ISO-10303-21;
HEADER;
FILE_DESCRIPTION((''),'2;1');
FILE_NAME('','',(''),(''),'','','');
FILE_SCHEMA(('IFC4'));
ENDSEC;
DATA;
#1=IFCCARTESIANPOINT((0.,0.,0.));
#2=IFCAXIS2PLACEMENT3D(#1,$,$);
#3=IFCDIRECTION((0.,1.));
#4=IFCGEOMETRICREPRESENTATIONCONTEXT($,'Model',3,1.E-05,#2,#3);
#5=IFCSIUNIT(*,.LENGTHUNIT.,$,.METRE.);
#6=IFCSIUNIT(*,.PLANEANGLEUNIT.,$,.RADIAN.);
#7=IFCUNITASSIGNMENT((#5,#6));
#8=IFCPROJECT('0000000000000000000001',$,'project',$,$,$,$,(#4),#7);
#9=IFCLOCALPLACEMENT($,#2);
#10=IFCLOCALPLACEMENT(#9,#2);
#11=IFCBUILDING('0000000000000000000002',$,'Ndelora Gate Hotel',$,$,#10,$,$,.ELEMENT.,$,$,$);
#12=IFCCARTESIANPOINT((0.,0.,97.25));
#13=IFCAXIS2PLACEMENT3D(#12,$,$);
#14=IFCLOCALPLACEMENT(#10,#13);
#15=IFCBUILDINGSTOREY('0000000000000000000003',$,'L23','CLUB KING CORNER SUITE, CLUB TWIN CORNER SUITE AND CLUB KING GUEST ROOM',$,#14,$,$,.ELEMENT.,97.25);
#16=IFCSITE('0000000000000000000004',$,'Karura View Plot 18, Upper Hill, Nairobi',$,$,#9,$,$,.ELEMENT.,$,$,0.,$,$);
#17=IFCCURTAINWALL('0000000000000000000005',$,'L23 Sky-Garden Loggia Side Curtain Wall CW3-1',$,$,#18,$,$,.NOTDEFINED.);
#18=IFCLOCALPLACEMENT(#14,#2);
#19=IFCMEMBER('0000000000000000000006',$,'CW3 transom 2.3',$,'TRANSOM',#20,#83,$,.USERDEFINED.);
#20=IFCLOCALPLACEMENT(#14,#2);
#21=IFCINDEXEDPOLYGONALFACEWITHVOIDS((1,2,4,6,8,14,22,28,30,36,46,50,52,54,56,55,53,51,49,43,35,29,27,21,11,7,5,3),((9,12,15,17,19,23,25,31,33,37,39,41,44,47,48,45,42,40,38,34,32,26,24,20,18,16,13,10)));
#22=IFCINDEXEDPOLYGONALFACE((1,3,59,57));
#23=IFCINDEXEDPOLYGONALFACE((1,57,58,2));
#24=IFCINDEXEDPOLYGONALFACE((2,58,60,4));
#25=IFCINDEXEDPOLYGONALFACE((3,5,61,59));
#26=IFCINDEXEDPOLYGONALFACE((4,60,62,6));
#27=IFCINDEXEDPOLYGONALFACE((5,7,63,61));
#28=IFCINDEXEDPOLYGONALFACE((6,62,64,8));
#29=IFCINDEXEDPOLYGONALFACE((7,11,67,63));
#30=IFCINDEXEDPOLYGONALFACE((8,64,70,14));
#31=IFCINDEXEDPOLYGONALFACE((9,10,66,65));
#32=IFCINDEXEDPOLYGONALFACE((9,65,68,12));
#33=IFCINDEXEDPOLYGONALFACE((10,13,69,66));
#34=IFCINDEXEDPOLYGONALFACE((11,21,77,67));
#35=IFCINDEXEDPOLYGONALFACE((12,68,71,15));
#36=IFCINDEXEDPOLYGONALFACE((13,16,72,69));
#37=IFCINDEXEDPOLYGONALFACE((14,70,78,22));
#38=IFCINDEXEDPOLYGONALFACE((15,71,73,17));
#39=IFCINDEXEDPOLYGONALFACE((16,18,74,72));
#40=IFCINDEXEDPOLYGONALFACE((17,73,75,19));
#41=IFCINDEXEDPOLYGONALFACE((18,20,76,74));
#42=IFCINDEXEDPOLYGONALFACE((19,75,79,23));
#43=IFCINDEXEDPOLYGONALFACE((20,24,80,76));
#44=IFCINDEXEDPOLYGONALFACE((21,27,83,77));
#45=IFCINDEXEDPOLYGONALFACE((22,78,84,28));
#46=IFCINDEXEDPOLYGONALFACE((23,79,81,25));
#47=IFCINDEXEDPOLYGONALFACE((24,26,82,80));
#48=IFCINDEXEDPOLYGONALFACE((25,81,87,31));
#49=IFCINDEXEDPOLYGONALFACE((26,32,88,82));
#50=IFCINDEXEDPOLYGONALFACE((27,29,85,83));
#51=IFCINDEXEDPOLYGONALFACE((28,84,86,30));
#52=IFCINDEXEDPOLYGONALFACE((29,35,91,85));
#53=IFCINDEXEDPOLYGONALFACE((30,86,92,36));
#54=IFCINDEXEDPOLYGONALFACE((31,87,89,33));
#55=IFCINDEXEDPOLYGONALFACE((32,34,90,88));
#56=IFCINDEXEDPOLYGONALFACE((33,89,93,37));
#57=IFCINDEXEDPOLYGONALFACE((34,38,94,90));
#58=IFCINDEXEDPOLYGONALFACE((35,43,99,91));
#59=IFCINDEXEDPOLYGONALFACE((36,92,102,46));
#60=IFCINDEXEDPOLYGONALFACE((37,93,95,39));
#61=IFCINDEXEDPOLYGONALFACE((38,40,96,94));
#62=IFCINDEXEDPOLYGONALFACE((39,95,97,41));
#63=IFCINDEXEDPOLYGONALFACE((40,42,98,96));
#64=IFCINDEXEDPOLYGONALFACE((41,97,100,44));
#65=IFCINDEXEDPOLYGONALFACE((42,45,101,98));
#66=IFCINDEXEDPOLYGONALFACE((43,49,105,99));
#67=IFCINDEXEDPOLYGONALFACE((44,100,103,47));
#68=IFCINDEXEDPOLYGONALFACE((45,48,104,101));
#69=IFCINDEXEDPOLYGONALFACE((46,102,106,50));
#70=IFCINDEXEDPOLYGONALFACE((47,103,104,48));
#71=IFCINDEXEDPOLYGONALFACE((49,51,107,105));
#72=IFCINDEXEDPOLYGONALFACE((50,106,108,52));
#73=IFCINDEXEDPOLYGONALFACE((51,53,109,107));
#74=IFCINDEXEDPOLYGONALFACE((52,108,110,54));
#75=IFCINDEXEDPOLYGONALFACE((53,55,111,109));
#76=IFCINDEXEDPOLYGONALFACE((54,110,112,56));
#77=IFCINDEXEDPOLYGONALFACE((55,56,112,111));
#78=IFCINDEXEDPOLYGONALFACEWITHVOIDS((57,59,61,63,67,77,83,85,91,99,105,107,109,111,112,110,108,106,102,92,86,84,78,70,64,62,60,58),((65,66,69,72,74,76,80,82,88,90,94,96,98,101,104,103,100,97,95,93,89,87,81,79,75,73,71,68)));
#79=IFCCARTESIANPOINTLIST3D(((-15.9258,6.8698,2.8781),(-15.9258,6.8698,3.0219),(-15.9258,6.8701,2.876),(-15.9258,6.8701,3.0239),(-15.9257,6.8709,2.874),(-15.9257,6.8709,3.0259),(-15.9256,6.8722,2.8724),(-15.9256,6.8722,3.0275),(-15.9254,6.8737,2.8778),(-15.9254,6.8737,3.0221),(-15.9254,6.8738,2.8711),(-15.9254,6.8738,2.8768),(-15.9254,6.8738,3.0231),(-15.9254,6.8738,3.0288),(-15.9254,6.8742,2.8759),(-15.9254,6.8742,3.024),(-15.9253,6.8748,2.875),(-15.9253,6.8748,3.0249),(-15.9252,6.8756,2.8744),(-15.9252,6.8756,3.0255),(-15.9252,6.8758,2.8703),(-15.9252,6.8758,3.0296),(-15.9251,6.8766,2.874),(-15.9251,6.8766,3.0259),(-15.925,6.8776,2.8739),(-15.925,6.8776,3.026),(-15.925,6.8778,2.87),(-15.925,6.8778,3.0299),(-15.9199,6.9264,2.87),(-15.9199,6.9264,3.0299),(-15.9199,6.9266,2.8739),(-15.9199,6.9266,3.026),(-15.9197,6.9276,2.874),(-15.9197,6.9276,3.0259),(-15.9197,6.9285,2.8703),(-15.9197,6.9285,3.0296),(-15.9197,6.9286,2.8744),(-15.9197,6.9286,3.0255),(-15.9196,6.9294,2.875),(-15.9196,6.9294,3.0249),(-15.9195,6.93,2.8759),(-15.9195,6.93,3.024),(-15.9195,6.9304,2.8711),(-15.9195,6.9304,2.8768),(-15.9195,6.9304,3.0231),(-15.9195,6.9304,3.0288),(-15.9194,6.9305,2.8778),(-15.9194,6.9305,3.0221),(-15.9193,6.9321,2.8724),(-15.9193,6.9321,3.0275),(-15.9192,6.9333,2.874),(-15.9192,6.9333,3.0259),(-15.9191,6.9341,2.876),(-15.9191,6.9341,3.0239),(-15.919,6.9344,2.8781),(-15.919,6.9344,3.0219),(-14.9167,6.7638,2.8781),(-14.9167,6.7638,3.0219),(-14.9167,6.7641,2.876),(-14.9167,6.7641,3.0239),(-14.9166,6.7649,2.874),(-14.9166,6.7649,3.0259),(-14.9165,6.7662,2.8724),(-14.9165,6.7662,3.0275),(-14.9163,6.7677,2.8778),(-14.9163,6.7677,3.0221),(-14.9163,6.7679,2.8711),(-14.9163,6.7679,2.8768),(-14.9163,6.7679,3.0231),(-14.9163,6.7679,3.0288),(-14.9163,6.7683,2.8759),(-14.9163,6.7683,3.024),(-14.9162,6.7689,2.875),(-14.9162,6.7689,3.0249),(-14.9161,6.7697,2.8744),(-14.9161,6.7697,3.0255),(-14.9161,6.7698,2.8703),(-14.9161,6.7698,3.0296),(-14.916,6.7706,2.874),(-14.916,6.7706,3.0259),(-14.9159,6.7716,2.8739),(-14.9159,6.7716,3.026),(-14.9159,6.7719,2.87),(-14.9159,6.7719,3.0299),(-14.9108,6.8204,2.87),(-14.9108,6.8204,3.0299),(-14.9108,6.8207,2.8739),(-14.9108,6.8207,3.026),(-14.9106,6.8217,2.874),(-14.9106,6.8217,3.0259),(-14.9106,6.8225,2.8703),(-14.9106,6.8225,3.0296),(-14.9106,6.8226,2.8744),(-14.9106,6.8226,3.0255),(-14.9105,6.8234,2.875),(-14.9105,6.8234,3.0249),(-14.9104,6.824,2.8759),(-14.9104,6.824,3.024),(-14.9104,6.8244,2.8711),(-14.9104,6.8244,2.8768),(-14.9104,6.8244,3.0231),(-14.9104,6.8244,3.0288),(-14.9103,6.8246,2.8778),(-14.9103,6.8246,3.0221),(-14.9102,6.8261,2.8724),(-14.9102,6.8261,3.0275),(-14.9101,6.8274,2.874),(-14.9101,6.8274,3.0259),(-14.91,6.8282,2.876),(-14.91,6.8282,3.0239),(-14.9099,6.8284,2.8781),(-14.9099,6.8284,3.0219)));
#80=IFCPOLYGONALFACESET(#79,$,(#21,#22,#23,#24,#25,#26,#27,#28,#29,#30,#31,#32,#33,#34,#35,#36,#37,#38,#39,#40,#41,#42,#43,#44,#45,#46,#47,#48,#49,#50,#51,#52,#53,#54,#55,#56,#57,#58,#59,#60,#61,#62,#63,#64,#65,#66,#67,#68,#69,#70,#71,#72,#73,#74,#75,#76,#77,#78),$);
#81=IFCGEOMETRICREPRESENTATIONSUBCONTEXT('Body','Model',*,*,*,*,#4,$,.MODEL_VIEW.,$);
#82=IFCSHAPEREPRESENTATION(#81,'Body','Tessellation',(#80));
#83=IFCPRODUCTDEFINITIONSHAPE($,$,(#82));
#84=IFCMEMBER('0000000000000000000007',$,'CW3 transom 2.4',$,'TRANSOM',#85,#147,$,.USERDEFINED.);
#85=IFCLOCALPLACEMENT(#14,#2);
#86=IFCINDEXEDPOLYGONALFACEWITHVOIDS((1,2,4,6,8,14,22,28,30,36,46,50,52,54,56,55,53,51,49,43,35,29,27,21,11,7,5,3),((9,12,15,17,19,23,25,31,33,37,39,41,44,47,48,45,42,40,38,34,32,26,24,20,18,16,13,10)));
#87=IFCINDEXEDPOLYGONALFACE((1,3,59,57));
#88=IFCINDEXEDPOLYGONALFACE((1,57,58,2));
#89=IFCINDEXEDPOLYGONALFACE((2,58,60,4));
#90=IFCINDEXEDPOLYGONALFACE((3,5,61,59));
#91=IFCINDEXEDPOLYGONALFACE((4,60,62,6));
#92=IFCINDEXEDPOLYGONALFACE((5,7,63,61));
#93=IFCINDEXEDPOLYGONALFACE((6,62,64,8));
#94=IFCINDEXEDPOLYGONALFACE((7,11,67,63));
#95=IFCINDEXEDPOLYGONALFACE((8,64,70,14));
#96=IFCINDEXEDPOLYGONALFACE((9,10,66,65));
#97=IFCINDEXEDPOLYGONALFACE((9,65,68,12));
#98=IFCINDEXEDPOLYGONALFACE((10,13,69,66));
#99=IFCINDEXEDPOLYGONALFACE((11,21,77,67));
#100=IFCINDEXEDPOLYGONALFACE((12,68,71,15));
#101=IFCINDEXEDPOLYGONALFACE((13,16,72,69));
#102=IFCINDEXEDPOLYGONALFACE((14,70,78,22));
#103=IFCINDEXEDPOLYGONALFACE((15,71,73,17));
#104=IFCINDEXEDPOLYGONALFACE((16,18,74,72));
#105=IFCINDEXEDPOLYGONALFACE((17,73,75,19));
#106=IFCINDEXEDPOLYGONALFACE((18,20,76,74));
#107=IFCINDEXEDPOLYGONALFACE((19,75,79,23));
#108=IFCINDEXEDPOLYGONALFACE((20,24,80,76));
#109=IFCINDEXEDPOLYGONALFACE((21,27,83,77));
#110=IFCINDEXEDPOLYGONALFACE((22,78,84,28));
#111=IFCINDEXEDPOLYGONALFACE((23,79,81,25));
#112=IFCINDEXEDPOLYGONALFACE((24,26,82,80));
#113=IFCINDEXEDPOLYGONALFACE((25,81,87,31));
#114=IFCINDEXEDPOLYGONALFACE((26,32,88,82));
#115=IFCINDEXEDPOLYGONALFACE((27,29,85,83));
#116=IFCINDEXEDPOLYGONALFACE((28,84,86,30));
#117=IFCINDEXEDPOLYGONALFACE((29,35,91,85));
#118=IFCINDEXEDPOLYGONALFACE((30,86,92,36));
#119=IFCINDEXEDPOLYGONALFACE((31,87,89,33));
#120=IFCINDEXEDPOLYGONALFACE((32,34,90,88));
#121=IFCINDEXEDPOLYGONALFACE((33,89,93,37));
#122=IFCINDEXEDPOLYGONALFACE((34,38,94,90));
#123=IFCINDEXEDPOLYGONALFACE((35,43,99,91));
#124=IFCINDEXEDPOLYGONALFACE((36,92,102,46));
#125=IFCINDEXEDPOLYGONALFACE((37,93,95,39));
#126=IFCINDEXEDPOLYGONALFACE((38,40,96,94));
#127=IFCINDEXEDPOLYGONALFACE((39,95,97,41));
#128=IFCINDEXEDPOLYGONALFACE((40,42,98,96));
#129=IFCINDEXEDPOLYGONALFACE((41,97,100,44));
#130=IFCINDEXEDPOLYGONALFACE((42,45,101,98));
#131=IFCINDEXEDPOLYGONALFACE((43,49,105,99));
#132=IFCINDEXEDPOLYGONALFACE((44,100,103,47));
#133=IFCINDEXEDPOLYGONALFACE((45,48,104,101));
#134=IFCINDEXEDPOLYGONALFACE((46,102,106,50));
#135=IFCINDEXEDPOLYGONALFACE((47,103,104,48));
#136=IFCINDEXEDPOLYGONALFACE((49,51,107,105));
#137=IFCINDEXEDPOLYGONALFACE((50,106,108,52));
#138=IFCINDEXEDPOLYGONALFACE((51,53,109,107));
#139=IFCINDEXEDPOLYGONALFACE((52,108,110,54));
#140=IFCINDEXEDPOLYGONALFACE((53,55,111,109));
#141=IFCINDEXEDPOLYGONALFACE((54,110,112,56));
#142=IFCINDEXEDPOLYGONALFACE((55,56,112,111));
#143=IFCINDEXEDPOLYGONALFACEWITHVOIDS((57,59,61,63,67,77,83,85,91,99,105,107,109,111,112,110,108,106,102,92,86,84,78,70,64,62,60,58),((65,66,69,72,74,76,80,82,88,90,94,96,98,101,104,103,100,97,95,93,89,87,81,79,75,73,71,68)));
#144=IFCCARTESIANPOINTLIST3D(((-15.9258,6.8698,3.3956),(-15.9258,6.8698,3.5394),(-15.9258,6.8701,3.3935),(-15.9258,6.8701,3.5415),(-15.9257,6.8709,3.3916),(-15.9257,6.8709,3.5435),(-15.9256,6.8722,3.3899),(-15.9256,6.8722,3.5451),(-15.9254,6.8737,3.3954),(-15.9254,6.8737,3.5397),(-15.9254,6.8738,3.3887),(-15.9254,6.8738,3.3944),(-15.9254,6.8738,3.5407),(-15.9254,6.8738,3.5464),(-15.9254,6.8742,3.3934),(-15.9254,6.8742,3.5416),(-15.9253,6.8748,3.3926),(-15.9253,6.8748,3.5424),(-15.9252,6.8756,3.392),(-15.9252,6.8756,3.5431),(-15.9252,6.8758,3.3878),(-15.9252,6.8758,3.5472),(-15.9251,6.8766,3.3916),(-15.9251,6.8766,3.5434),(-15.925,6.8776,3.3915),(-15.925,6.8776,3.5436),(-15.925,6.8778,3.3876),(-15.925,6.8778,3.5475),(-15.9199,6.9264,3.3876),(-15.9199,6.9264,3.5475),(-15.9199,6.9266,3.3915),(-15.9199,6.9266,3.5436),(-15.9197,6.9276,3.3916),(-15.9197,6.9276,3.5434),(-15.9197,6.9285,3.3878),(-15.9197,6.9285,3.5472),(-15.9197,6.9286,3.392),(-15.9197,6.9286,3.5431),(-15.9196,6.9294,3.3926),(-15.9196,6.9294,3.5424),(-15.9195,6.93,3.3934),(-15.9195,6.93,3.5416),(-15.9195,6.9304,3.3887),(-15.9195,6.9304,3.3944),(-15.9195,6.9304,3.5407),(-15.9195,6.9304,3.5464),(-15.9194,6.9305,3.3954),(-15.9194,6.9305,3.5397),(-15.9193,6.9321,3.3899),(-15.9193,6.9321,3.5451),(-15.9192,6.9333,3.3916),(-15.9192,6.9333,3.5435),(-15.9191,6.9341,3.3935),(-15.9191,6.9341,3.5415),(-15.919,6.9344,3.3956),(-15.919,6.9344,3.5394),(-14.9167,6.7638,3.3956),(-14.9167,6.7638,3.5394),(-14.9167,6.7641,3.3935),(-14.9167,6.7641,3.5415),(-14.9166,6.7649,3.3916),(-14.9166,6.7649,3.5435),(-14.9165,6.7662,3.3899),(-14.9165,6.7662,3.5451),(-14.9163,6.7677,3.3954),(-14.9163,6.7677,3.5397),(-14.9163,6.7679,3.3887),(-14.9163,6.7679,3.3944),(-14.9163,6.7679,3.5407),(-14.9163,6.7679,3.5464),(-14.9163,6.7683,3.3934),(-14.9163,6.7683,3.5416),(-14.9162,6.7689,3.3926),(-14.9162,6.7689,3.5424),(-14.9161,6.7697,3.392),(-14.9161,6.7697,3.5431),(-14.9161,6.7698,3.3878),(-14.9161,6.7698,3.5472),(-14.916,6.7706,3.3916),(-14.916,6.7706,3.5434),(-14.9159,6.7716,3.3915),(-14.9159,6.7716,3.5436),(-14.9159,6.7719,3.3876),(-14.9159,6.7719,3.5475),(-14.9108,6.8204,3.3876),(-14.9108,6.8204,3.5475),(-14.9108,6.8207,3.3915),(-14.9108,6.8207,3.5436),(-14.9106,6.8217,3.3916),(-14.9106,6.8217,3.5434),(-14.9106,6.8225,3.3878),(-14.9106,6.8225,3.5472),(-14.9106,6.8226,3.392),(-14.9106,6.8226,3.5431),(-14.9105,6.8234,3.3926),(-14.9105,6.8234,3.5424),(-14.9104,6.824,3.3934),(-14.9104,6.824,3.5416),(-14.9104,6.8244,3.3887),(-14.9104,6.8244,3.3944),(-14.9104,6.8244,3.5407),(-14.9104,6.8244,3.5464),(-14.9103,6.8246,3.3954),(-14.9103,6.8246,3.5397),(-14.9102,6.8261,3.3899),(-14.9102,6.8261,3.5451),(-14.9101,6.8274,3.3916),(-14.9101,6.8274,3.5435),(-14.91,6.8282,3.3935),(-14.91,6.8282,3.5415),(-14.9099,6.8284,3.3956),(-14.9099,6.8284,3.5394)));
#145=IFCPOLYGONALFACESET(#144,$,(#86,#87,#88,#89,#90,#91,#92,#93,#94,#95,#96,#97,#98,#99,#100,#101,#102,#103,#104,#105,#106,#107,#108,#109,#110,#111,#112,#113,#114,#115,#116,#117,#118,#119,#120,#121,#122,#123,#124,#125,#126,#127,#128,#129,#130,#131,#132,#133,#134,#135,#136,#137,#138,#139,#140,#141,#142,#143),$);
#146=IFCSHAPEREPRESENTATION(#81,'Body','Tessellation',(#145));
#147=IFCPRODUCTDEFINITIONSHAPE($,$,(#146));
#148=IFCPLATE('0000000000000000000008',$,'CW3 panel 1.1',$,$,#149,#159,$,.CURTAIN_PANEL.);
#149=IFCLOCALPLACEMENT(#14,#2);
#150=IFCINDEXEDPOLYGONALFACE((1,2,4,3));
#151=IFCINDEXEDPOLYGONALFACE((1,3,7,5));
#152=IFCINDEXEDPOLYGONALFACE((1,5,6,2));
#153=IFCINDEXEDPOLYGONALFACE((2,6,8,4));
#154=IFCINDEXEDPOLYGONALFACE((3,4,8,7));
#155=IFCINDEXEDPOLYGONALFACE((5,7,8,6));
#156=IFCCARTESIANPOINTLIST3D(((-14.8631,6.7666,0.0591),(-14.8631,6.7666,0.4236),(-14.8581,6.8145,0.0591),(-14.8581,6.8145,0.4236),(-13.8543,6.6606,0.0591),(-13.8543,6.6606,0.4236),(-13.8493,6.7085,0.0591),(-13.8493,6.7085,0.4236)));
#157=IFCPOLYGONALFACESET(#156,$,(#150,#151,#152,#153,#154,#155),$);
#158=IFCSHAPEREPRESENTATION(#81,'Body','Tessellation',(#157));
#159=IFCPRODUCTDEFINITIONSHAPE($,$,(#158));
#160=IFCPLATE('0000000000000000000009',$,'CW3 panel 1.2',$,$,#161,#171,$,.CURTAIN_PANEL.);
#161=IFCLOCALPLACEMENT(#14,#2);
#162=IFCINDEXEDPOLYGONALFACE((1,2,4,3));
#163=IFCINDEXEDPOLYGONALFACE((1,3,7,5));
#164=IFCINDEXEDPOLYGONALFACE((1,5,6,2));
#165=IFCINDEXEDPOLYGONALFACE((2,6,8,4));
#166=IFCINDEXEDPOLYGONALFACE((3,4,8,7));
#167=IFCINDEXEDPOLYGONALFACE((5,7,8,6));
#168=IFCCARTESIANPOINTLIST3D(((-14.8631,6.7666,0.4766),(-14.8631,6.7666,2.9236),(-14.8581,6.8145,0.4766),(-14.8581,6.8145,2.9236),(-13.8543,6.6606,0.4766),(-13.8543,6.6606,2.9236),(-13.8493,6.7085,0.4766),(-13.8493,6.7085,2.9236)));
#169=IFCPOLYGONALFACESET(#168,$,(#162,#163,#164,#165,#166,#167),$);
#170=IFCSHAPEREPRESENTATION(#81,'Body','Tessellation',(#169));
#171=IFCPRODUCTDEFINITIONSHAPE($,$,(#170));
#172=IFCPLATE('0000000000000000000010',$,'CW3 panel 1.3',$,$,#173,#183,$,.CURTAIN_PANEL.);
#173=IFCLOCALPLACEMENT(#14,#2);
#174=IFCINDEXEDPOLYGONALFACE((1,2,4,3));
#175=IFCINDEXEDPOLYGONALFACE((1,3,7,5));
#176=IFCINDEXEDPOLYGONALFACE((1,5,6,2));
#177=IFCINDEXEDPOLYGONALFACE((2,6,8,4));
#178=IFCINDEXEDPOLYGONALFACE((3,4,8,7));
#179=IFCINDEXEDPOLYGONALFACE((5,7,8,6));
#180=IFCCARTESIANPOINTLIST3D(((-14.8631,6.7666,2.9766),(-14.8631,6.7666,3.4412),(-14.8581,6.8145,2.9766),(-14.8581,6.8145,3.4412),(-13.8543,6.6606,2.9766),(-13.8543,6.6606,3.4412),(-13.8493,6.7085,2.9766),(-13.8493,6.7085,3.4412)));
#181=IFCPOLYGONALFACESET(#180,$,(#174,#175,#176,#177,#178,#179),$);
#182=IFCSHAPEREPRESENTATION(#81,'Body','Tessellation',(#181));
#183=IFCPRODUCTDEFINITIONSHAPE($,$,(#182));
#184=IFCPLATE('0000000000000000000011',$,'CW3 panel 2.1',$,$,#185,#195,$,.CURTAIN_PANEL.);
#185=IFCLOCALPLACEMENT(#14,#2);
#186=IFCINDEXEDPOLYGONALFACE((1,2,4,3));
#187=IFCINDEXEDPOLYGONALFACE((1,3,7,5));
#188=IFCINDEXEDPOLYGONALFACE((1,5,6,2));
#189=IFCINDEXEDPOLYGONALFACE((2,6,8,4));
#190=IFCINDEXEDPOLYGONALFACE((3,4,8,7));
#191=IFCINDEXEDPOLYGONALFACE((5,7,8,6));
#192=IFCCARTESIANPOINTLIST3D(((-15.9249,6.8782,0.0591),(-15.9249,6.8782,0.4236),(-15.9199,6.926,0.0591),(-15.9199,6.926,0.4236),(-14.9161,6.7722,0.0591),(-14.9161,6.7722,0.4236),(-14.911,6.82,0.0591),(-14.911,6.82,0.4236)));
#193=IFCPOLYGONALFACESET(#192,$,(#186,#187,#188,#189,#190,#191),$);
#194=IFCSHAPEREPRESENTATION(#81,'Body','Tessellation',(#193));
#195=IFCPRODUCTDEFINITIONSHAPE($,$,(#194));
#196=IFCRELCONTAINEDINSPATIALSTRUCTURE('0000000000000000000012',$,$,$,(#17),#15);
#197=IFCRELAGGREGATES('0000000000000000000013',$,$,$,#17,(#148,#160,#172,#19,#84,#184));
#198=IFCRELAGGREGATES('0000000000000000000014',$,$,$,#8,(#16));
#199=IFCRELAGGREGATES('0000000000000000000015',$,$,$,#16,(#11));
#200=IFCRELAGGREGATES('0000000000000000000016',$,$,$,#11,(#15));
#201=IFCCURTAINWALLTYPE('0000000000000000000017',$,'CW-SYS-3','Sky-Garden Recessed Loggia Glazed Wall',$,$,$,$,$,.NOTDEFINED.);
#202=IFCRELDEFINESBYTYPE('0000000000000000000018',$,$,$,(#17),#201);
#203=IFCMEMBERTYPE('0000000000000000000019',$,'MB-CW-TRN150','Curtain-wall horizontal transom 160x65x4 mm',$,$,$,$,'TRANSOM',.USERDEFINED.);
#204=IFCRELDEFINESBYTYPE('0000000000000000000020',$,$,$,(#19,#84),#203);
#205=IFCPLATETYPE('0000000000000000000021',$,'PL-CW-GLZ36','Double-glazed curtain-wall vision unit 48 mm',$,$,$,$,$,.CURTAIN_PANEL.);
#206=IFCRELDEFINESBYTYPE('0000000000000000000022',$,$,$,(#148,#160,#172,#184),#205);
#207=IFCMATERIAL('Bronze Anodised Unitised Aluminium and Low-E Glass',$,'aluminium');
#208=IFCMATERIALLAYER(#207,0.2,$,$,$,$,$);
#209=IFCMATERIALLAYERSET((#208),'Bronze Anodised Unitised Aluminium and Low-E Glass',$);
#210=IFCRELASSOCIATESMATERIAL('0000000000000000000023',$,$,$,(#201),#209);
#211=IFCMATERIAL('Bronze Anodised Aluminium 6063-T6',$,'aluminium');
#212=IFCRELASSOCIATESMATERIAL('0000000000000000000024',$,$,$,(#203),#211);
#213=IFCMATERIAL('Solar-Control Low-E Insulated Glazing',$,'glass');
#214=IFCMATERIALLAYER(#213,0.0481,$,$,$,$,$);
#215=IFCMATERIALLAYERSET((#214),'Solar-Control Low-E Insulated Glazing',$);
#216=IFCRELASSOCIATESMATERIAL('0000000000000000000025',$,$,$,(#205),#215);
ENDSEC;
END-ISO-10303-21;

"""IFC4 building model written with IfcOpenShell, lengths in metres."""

from ifc_helpers import new_model, si_unit, direction, frame, origin, origin_2d, place, context, subcontext, project, spatial, rectangle, hollow_rectangle, extrude, material, layer, layer_set, material_profile, profile_set, type_object, element, aggregate, save


model = new_model("IFC4")

# Units and contexts
model_context = context("Model", 3, precision=1e-05, world=origin(), true_north=direction((0.0, 1.0)))
body_context = subcontext(model_context, "Body", "Model", "MODEL_VIEW")
ifc_project = project(units=[si_unit("LENGTHUNIT", "METRE"), si_unit("PLANEANGLEUNIT", "RADIAN")], contexts=[model_context])

# Site, building, storey
site_placement = place(None, origin())
site = spatial("IfcSite", under=ifc_project, at=site_placement, Name="Karura View Plot 18, Upper Hill, Nairobi", CompositionType="ELEMENT", RefElevation=0.0)
building_placement = place(site_placement, origin())
building = spatial("IfcBuilding", under=site, at=building_placement, Name="Ndelora Gate Hotel", CompositionType="ELEMENT")
storey_placement = place(building_placement, frame((0.0, 0.0, 97.25)))
storey = spatial("IfcBuildingStorey", under=building, at=storey_placement, Name="L23", Description="CLUB KING CORNER SUITE, CLUB TWIN CORNER SUITE AND CLUB KING GUEST ROOM", CompositionType="ELEMENT", Elevation=97.25)

# Curtain wall, members, plates
ifc_material_1 = material(Name="Bronze Anodised Unitised Aluminium and Low-E Glass", Category="aluminium")
ifc_layer_1 = layer(ifc_material_1, 0.2)
ifc_layer_set_1 = layer_set([ifc_layer_1], Name="Bronze Anodised Unitised Aluminium and Low-E Glass")
curtain_wall_type = type_object("IfcCurtainWallType", Name="CW-SYS-3", Description="Sky-Garden Recessed Loggia Glazed Wall", PredefinedType="NOTDEFINED", material=ifc_layer_set_1)
curtain_wall_placement = place(storey_placement, origin())
curtain_wall = element("IfcCurtainWall", 1, at=curtain_wall_placement, inside=storey, type_object=curtain_wall_type, Name="L23 Sky-Garden Loggia Side Curtain Wall CW3-1", PredefinedType="NOTDEFINED")
ifc_material_2 = material(Name="Bronze Anodised Aluminium 6063-T6", Category="aluminium")
ifc_material_profile_1 = material_profile(ifc_material_2, hollow_rectangle(XDim=0.0649, YDim=0.1599, WallThickness=0.0039, InnerFilletRadius=0.0039, OuterFilletRadius=0.0081, at=origin_2d()), Name="ALU 160x65x4")
ifc_profile_set_1 = profile_set([ifc_material_profile_1], Name="Bronze Anodised Aluminium 6063-T6")
member_type_1 = type_object("IfcMemberType", Name="MB-CW-TRN150", Description="Curtain-wall horizontal transom 160x65x4 mm", ElementType="TRANSOM", PredefinedType="USERDEFINED", material=ifc_profile_set_1)
member_1_placement = place(storey_placement, frame((-14.9133, 6.7961, 2.95), z_axis=(-0.994532, 0.104434, 0.0), x_axis=(-0.104434, -0.994532, 0.0)))
member_1 = element("IfcMember", 2, at=member_1_placement, type_object=member_type_1, Name="CW3 transom 2.3", ObjectType="TRANSOM", PredefinedType="USERDEFINED", context=body_context, shape_type="SweptSolid", body=[
    extrude(hollow_rectangle(XDim=0.0649, YDim=0.1599, WallThickness=0.0039, InnerFilletRadius=0.0039, OuterFilletRadius=0.0081, at=origin_2d()), origin(), (0.0, 0.0, 1.0), 1.0146),
])
member_2_placement = place(storey_placement, frame((-14.9133, 6.7961, 3.4675), z_axis=(-0.994532, 0.104434, 0.0), x_axis=(-0.104434, -0.994532, 0.0)))
member_2 = element("IfcMember", 3, at=member_2_placement, type_object=member_type_1, Name="CW3 transom 2.4", ObjectType="TRANSOM", PredefinedType="USERDEFINED", context=body_context, shape_type="SweptSolid", body=[
    extrude(hollow_rectangle(XDim=0.0649, YDim=0.1599, WallThickness=0.0039, InnerFilletRadius=0.0039, OuterFilletRadius=0.0081, at=origin_2d()), origin(), (0.0, 0.0, 1.0), 1.0146),
])
ifc_material_3 = material(Name="Solar-Control Low-E Insulated Glazing", Category="glass")
ifc_layer_2 = layer(ifc_material_3, 0.0481)
ifc_layer_set_2 = layer_set([ifc_layer_2], Name="Solar-Control Low-E Insulated Glazing")
plate_type = type_object("IfcPlateType", Name="PL-CW-GLZ36", Description="Double-glazed curtain-wall vision unit 48 mm", PredefinedType="CURTAIN_PANEL", material=ifc_layer_set_2)
plate_1_placement = place(storey_placement, frame((-14.3562, 6.7375, 0.0591), z_axis=(0.0, 0.0, 1.0), x_axis=(-0.994525, 0.104503, 0.0)))
plate_1 = element("IfcPlate", 4, at=plate_1_placement, type_object=plate_type, Name="CW3 panel 1.1", PredefinedType="CURTAIN_PANEL", context=body_context, shape_type="SweptSolid", body=[
    extrude(rectangle(XDim=1.0144, YDim=0.0481, at=origin_2d()), origin(), (0.0, 0.0, 1.0), 0.3645),
])
plate_2_placement = place(storey_placement, frame((-14.3562, 6.7375, 0.4766), z_axis=(0.0, 0.0, 1.0), x_axis=(-0.994525, 0.104503, 0.0)))
plate_2 = element("IfcPlate", 5, at=plate_2_placement, type_object=plate_type, Name="CW3 panel 1.2", PredefinedType="CURTAIN_PANEL", context=body_context, shape_type="SweptSolid", body=[
    extrude(rectangle(XDim=1.0144, YDim=0.0481, at=origin_2d()), origin(), (0.0, 0.0, 1.0), 2.447),
])
plate_3_placement = place(storey_placement, frame((-14.3562, 6.7375, 2.9766), z_axis=(0.0, 0.0, 1.0), x_axis=(-0.994525, 0.104503, 0.0)))
plate_3 = element("IfcPlate", 6, at=plate_3_placement, type_object=plate_type, Name="CW3 panel 1.3", PredefinedType="CURTAIN_PANEL", context=body_context, shape_type="SweptSolid", body=[
    extrude(rectangle(XDim=1.0144, YDim=0.0481, at=origin_2d()), origin(), (0.0, 0.0, 1.0), 0.4646),
])
plate_4_placement = place(storey_placement, frame((-15.418, 6.8491, 0.0591), z_axis=(0.0, 0.0, 1.0), x_axis=(-0.994525, 0.104503, 0.0)))
plate_4 = element("IfcPlate", 7, at=plate_4_placement, type_object=plate_type, Name="CW3 panel 2.1", PredefinedType="CURTAIN_PANEL", context=body_context, shape_type="SweptSolid", body=[
    extrude(rectangle(XDim=1.0144, YDim=0.0481, at=origin_2d()), origin(), (0.0, 0.0, 1.0), 0.3645),
])
aggregate(curtain_wall, [plate_1, plate_2, plate_3, member_1, member_2, plate_4])

save(model, "model.ifc")
